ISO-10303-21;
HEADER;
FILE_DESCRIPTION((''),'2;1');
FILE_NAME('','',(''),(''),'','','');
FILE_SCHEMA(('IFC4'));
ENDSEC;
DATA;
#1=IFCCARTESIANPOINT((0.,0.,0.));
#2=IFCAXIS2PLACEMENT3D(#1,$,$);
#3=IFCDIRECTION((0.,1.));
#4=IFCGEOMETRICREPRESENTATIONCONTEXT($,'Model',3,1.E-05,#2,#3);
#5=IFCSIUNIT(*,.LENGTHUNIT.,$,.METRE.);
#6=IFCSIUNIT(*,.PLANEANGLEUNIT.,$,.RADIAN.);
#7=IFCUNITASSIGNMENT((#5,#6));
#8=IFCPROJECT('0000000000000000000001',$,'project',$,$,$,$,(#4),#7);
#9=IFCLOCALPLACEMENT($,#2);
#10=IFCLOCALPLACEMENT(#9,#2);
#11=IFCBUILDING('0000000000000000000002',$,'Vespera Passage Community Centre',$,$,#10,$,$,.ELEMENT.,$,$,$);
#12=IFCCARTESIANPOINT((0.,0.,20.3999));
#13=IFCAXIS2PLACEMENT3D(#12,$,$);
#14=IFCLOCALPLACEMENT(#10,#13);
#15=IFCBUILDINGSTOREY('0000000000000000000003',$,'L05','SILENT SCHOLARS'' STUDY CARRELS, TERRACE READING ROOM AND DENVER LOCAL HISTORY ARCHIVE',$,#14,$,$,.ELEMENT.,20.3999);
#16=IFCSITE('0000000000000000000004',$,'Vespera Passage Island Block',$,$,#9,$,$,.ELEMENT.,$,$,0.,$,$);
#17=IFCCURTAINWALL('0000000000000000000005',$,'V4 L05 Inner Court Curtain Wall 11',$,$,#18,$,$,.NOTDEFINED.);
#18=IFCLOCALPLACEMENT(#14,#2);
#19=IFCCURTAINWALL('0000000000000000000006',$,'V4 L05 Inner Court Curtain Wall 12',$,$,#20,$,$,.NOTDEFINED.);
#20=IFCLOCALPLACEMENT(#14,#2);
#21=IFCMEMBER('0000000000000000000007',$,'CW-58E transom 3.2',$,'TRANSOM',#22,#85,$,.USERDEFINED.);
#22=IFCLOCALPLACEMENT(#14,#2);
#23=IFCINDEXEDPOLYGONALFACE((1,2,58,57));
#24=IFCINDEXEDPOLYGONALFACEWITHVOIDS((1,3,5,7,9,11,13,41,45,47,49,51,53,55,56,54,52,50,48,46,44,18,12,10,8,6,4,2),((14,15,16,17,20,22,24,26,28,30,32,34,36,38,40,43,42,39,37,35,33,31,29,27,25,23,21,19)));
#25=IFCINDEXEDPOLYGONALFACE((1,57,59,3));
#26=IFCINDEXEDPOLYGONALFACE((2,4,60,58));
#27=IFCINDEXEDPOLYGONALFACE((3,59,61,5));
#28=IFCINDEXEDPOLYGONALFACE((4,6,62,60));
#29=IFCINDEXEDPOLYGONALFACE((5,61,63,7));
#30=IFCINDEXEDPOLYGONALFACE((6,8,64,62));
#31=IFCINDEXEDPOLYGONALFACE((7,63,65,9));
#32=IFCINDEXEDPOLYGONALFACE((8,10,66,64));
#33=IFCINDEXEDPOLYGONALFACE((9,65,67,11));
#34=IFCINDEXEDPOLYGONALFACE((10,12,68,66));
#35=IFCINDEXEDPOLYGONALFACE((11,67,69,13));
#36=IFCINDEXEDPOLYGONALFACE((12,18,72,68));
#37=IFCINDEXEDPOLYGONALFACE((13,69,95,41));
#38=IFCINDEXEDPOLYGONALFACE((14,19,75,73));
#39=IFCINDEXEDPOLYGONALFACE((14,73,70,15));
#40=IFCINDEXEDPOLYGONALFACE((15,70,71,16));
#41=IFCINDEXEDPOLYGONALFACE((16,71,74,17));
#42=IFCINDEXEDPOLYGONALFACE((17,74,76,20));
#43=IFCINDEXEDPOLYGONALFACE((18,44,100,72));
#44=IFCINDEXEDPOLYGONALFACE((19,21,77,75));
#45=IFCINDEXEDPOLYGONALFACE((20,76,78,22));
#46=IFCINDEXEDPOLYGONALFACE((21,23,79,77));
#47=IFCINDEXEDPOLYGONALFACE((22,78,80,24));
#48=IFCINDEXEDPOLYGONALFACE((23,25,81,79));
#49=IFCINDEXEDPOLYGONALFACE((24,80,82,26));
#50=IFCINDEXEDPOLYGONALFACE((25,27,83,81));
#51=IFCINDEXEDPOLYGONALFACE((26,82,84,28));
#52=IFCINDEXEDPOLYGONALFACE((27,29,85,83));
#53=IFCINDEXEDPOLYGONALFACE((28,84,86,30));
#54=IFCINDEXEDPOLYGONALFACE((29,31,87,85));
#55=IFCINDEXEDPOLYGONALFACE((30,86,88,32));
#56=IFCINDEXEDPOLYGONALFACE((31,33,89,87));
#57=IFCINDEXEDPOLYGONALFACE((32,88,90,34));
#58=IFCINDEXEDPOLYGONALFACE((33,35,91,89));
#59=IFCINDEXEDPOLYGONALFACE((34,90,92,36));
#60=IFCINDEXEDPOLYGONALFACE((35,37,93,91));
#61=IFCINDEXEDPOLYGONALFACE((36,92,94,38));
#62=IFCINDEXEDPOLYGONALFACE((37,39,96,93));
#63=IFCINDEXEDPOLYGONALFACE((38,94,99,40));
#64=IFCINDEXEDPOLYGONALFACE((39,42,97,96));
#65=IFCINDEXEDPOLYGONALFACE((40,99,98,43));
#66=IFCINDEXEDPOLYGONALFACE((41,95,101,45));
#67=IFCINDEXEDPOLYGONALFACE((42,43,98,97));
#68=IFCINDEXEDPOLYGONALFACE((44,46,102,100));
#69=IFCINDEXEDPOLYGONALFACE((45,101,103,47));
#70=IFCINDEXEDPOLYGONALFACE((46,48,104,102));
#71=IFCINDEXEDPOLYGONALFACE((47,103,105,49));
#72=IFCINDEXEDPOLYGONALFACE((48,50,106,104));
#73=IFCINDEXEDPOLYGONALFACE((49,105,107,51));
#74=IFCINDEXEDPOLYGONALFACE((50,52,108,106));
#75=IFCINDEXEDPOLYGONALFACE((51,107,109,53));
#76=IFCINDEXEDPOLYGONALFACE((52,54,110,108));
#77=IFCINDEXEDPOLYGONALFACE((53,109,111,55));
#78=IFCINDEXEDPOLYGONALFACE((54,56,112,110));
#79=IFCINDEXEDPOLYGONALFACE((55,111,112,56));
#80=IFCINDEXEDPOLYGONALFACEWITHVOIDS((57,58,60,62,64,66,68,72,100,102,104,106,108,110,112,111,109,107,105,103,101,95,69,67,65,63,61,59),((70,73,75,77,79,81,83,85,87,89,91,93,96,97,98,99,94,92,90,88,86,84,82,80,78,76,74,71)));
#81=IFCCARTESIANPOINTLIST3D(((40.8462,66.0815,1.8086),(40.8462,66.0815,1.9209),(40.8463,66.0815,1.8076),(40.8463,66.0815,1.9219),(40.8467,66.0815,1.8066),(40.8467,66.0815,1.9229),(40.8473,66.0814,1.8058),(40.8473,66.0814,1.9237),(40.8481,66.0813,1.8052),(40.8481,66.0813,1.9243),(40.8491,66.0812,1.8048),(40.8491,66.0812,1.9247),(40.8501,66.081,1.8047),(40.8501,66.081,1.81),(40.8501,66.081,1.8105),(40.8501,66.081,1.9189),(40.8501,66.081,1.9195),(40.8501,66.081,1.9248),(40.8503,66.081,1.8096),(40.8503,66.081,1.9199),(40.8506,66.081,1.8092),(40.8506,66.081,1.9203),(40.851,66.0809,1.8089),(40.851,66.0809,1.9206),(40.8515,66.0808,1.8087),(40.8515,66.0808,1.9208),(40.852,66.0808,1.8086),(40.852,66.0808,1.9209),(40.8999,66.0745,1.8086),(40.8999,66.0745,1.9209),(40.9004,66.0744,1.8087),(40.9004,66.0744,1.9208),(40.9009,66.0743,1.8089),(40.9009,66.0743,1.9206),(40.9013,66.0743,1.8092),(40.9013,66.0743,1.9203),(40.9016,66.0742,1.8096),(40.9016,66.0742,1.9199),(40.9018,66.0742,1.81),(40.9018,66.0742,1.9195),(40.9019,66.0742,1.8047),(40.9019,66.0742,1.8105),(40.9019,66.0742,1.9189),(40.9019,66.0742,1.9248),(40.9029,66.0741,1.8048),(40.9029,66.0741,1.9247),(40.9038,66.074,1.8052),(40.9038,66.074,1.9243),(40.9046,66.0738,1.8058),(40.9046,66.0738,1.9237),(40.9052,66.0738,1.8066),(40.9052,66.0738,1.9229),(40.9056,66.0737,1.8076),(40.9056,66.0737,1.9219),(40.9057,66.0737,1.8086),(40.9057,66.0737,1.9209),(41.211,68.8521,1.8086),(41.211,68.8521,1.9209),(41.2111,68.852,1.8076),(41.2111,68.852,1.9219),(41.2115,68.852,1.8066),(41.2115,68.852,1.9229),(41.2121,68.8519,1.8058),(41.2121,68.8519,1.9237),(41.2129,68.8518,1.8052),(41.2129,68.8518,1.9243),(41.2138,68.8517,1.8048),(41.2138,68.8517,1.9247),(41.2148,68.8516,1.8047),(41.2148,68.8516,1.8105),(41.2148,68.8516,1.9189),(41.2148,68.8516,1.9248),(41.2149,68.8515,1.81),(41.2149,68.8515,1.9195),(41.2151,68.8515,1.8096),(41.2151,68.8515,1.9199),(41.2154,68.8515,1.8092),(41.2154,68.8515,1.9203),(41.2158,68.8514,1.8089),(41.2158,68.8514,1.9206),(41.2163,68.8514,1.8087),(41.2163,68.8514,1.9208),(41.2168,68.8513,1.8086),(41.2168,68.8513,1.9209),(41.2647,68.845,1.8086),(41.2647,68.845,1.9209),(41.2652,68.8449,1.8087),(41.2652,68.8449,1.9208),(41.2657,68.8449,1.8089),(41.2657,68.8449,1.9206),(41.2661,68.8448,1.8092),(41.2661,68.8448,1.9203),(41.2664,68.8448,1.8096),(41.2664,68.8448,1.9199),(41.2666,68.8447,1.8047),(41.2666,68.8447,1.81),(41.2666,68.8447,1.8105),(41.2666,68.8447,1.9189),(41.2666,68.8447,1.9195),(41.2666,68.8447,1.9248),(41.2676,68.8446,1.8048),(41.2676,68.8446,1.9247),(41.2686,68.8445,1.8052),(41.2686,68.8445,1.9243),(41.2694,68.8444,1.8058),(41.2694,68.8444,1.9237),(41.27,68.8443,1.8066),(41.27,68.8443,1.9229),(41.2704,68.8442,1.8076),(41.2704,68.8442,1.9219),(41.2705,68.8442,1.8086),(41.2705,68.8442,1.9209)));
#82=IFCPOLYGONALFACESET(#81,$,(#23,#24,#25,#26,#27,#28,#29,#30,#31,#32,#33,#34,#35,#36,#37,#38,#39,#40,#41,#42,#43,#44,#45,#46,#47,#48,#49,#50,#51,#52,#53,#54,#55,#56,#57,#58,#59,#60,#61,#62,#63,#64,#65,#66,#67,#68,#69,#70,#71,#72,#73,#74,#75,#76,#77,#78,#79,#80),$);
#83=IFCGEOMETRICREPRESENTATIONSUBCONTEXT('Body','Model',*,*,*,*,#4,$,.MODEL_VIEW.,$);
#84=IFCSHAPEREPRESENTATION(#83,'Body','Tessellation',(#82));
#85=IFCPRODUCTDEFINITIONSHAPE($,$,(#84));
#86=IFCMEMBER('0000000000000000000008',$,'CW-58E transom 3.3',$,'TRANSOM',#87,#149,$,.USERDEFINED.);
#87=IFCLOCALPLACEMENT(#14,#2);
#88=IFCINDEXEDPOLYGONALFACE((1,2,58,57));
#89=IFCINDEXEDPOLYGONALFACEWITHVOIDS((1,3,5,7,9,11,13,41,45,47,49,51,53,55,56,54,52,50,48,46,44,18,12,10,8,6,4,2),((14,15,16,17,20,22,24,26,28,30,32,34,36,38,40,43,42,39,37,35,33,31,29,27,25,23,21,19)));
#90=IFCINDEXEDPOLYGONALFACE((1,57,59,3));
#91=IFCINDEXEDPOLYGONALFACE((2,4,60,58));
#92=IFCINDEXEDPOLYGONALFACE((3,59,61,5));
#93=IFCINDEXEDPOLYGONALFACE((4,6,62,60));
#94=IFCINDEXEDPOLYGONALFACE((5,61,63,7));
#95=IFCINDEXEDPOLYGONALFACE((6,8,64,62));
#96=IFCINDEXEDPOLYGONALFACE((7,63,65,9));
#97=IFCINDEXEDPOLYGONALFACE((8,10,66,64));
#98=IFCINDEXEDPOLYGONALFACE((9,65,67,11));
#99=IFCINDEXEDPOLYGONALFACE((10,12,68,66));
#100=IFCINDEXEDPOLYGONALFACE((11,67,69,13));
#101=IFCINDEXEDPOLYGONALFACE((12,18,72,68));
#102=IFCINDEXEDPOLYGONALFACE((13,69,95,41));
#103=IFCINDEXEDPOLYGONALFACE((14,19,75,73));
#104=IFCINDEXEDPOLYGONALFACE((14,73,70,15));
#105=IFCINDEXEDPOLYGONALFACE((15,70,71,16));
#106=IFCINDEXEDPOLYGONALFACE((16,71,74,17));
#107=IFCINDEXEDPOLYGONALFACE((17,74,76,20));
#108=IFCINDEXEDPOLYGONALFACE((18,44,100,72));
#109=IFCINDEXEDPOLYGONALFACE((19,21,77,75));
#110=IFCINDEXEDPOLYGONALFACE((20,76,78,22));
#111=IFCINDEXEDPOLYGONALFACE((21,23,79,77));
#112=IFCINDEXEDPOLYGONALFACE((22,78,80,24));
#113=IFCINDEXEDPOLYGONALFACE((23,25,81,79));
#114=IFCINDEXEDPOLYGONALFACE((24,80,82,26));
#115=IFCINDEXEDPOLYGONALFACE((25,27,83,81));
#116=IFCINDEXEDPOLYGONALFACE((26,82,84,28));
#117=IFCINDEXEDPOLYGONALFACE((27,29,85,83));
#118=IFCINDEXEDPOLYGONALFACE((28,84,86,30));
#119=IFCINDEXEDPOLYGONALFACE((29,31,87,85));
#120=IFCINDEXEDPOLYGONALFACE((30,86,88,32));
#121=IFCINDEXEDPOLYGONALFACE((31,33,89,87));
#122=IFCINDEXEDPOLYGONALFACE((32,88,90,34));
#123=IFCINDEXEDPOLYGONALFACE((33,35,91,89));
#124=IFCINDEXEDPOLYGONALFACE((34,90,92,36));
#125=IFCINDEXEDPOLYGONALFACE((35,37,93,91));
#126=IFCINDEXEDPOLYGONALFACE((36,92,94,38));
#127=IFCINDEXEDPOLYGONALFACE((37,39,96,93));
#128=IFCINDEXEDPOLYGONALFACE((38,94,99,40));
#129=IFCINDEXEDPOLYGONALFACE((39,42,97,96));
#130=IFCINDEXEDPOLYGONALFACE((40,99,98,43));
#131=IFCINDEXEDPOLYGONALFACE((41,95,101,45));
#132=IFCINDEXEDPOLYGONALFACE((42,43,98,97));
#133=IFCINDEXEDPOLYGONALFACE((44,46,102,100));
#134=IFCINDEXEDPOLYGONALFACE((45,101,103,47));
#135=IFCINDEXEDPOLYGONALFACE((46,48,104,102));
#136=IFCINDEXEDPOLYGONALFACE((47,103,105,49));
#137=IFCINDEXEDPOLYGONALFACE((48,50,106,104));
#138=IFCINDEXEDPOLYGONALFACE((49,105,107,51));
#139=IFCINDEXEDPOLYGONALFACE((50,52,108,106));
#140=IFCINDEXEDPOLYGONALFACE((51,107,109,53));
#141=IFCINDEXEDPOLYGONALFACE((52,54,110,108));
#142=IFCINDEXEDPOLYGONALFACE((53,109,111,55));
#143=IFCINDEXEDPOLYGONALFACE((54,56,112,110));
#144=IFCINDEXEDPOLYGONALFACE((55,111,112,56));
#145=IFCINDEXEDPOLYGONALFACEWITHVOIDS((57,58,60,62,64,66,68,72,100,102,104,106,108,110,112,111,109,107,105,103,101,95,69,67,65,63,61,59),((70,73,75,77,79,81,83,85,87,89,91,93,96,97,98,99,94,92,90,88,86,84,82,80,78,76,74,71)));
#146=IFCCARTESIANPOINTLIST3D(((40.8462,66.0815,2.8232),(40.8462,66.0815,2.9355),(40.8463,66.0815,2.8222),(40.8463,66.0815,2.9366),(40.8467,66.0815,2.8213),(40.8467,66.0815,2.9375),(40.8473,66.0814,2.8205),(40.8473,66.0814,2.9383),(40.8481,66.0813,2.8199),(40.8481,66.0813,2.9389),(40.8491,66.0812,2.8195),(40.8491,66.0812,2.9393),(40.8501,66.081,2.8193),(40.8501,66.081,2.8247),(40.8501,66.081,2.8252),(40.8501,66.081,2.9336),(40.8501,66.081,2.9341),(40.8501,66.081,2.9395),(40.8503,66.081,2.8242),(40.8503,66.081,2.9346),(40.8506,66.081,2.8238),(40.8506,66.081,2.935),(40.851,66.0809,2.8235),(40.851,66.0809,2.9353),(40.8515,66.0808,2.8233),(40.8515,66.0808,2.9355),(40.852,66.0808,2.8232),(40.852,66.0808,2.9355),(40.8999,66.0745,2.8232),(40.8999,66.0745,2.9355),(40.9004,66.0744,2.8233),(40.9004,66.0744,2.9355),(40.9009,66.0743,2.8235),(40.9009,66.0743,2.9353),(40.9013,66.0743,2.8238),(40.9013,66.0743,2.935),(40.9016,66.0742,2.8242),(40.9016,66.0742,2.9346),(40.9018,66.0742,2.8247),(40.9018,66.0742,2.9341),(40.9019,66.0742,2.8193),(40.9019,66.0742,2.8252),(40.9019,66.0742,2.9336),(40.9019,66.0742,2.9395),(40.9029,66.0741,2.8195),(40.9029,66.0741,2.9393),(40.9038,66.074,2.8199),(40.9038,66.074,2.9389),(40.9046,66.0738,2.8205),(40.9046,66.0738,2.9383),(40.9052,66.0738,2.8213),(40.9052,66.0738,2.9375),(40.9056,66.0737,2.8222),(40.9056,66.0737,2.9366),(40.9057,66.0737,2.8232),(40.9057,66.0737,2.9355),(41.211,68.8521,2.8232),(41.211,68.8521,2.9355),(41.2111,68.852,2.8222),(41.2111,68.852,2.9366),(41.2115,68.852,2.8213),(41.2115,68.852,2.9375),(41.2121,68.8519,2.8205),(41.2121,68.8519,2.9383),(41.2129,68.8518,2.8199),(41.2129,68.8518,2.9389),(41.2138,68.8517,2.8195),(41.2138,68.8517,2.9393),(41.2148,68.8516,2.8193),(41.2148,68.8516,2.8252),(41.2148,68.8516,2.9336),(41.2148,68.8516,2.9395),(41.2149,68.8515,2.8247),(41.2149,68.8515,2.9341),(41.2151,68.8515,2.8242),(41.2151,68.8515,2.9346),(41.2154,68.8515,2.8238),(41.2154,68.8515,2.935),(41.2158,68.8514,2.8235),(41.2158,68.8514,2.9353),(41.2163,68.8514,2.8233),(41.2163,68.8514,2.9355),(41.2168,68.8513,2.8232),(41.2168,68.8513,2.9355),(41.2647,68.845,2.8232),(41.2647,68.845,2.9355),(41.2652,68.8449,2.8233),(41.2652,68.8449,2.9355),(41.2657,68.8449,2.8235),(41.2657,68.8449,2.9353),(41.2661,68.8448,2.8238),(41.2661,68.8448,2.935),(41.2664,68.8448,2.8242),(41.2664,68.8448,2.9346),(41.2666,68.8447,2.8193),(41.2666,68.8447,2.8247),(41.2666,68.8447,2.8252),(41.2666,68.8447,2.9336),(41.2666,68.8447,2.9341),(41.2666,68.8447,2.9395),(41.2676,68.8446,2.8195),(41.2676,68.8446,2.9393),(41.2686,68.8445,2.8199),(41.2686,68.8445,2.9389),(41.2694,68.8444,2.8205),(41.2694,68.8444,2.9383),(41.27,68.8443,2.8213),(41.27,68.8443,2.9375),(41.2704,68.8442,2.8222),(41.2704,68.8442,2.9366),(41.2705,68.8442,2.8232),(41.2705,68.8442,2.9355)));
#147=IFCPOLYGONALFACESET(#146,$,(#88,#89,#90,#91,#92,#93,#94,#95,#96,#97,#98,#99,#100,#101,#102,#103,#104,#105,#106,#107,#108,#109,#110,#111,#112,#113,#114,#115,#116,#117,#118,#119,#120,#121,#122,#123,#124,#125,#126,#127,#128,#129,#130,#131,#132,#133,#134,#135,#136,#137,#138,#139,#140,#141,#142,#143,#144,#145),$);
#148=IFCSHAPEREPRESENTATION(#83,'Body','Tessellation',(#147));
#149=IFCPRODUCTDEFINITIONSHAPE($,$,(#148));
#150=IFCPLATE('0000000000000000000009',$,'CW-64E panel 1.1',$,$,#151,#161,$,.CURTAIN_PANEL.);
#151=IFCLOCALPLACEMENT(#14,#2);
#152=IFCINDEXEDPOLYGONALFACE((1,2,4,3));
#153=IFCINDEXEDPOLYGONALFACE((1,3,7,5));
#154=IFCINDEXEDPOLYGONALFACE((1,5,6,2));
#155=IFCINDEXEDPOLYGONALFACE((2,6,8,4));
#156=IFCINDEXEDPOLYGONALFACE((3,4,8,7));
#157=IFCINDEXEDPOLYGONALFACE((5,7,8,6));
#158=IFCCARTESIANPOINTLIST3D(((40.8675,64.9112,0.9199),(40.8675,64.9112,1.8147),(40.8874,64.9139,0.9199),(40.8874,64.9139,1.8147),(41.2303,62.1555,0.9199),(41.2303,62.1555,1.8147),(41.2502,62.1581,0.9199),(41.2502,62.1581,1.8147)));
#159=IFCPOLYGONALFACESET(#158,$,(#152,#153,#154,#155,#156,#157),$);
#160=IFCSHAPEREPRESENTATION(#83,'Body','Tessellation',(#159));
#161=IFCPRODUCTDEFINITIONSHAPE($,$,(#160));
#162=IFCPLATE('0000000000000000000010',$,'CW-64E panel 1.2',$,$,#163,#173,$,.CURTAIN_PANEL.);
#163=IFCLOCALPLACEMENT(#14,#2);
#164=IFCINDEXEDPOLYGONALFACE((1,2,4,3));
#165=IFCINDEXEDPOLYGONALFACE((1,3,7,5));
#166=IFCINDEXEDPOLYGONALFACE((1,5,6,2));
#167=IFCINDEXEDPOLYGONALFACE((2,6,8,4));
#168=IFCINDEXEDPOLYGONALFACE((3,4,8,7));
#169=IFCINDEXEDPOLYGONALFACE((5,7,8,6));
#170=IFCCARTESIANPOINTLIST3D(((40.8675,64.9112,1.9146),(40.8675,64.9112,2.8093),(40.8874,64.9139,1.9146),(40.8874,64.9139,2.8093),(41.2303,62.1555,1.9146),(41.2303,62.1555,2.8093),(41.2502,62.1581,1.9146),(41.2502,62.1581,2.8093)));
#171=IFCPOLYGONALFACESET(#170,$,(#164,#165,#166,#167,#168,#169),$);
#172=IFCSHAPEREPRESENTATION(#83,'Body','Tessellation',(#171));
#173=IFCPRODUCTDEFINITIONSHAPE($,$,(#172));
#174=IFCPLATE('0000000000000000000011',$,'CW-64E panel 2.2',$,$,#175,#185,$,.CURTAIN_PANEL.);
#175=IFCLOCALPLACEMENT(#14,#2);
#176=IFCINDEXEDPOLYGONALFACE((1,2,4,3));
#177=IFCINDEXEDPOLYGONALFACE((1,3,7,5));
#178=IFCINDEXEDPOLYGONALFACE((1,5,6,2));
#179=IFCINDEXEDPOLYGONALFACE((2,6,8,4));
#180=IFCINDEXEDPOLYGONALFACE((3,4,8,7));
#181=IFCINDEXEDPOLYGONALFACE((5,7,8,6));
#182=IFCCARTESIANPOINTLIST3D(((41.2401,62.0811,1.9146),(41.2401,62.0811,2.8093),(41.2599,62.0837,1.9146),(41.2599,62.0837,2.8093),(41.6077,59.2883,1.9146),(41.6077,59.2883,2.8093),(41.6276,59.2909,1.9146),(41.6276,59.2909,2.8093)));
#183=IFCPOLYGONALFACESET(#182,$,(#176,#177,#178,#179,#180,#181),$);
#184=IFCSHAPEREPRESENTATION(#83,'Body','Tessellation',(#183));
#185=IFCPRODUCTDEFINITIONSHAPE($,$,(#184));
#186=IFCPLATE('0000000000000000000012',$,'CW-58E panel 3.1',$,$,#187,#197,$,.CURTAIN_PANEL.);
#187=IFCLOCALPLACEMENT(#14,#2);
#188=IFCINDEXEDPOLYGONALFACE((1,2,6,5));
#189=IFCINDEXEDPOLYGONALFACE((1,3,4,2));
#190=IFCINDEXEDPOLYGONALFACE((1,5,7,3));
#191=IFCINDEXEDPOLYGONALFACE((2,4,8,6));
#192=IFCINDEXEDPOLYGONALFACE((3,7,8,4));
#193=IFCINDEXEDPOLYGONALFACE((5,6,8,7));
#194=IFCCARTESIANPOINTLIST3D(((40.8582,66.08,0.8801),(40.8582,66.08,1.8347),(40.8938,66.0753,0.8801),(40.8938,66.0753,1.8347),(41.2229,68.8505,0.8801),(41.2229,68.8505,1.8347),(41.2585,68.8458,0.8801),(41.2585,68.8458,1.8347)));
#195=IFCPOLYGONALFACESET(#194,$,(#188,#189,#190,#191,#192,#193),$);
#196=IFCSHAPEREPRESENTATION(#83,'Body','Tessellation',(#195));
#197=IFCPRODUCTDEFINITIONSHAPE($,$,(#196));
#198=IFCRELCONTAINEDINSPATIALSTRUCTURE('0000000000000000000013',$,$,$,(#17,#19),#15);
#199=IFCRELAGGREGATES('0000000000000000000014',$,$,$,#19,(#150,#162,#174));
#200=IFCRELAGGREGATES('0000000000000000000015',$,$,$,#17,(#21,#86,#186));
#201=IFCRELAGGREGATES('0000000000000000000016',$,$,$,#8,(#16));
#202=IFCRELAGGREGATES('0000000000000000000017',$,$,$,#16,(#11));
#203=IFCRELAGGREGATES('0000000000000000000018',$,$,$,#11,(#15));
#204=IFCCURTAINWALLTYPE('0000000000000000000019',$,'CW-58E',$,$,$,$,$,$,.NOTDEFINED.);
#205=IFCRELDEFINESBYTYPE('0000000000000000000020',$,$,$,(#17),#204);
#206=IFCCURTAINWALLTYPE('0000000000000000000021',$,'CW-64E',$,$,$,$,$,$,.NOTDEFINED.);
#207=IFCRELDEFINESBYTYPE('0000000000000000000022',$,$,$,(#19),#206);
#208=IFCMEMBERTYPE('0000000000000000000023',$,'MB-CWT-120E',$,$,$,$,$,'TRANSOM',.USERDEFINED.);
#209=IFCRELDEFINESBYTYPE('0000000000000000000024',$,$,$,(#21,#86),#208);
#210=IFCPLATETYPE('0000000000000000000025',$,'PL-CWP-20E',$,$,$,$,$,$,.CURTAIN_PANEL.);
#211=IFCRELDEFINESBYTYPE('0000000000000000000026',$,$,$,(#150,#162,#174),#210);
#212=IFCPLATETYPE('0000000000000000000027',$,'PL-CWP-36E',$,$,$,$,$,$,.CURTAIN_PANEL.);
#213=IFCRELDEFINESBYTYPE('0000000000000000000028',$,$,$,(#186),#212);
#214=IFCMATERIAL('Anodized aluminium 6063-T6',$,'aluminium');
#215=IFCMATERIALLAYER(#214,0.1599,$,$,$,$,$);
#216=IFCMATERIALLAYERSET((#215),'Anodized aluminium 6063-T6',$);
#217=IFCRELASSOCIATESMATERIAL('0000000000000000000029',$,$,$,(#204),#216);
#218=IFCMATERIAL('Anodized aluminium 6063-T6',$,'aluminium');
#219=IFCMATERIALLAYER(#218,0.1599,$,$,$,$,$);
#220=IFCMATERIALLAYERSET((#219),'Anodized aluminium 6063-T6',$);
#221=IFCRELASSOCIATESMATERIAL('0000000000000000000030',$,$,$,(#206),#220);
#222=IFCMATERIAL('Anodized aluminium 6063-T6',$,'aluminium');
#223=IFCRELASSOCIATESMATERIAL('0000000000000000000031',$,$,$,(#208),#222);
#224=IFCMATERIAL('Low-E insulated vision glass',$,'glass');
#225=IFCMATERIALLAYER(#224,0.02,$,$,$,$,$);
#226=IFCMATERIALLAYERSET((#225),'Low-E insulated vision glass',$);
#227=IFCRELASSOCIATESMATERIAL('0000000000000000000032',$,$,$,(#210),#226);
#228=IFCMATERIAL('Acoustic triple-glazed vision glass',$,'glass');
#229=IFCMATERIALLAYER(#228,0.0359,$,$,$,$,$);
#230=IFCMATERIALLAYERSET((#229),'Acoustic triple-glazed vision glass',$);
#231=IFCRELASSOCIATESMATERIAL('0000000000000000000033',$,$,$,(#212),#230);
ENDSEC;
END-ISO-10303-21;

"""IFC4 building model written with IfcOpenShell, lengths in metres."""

from ifc_helpers import new_model, si_unit, direction, frame, origin, origin_2d, place, context, subcontext, project, spatial, rectangle, hollow_rectangle, extrude, material, layer, layer_set, material_profile, profile_set, type_object, element, aggregate, save


model = new_model("IFC4")

# Units and contexts
model_context = context("Model", 3, precision=1e-05, world=origin(), true_north=direction((0.0, 1.0)))
body_context = subcontext(model_context, "Body", "Model", "MODEL_VIEW")
ifc_project = project(units=[si_unit("LENGTHUNIT", "METRE"), si_unit("PLANEANGLEUNIT", "RADIAN")], contexts=[model_context])

# Site, building, storey
site_placement = place(None, origin())
site = spatial("IfcSite", under=ifc_project, at=site_placement, Name="Vespera Passage Island Block", CompositionType="ELEMENT", RefElevation=0.0)
building_placement = place(site_placement, origin())
building = spatial("IfcBuilding", under=site, at=building_placement, Name="Vespera Passage Community Centre", CompositionType="ELEMENT")
storey_placement = place(building_placement, frame((0.0, 0.0, 20.3999)))
storey = spatial("IfcBuildingStorey", under=building, at=storey_placement, Name="L05", Description="SILENT SCHOLARS' STUDY CARRELS, TERRACE READING ROOM AND DENVER LOCAL HISTORY ARCHIVE", CompositionType="ELEMENT", Elevation=20.3999)

# Curtain walls
ifc_material_1 = material(Name="Anodized aluminium 6063-T6", Category="aluminium")
ifc_layer_1 = layer(ifc_material_1, 0.1599)
ifc_layer_set_1 = layer_set([ifc_layer_1], Name="Anodized aluminium 6063-T6")
curtain_wall_type_1 = type_object("IfcCurtainWallType", Name="CW-58E", PredefinedType="NOTDEFINED", material=ifc_layer_set_1)
curtain_wall_1_placement = place(storey_placement, origin())
curtain_wall_1 = element("IfcCurtainWall", 1, at=curtain_wall_1_placement, inside=storey, type_object=curtain_wall_type_1, Name="V4 L05 Inner Court Curtain Wall 11", PredefinedType="NOTDEFINED")
ifc_material_2 = material(Name="Anodized aluminium 6063-T6", Category="aluminium")
ifc_layer_2 = layer(ifc_material_2, 0.1599)
ifc_layer_set_2 = layer_set([ifc_layer_2], Name="Anodized aluminium 6063-T6")
curtain_wall_type_2 = type_object("IfcCurtainWallType", Name="CW-64E", PredefinedType="NOTDEFINED", material=ifc_layer_set_2)
curtain_wall_2_placement = place(storey_placement, origin())
curtain_wall_2 = element("IfcCurtainWall", 2, at=curtain_wall_2_placement, inside=storey, type_object=curtain_wall_type_2, Name="V4 L05 Inner Court Curtain Wall 12", PredefinedType="NOTDEFINED")

# Members
ifc_material_3 = material(Name="Anodized aluminium 6063-T6", Category="aluminium")
ifc_material_profile_1 = material_profile(ifc_material_3, hollow_rectangle(XDim=0.0601, YDim=0.1201, WallThickness=0.0039, InnerFilletRadius=0.002, OuterFilletRadius=0.0039, at=origin_2d()), Name="ALU120X60X4")
ifc_profile_set_1 = profile_set([ifc_material_profile_1], Name="Anodized aluminium 6063-T6")
member_type_1 = type_object("IfcMemberType", Name="MB-CWT-120E", ElementType="TRANSOM", PredefinedType="USERDEFINED", material=ifc_profile_set_1)
member_1_placement = place(storey_placement, frame((41.2407, 68.8481, 1.8647), z_axis=(-0.130527, -0.991445, 0.0), x_axis=(0.991445, -0.130527, 0.0)))
member_1 = element("IfcMember", 3, at=member_1_placement, type_object=member_type_1, Name="CW-58E transom 3.2", ObjectType="TRANSOM", PredefinedType="USERDEFINED", context=body_context, shape_type="SweptSolid", body=[
    extrude(hollow_rectangle(XDim=0.0601, YDim=0.1201, WallThickness=0.0039, InnerFilletRadius=0.002, OuterFilletRadius=0.0039, at=origin_2d()), origin(), (0.0, 0.0, 1.0), 2.7944),
])
member_2_placement = place(storey_placement, frame((41.2407, 68.8481, 2.8794), z_axis=(-0.130527, -0.991445, 0.0), x_axis=(0.991445, -0.130527, 0.0)))
member_2 = element("IfcMember", 4, at=member_2_placement, type_object=member_type_1, Name="CW-58E transom 3.3", ObjectType="TRANSOM", PredefinedType="USERDEFINED", context=body_context, shape_type="SweptSolid", body=[
    extrude(hollow_rectangle(XDim=0.0601, YDim=0.1201, WallThickness=0.0039, InnerFilletRadius=0.002, OuterFilletRadius=0.0039, at=origin_2d()), origin(), (0.0, 0.0, 1.0), 2.7944),
])

# Plates
ifc_material_4 = material(Name="Low-E insulated vision glass", Category="glass")
ifc_layer_3 = layer(ifc_material_4, 0.02)
ifc_layer_set_3 = layer_set([ifc_layer_3], Name="Low-E insulated vision glass")
plate_type_1 = type_object("IfcPlateType", Name="PL-CWP-20E", PredefinedType="CURTAIN_PANEL", material=ifc_layer_set_3)
plate_1_placement = place(storey_placement, frame((41.0588, 63.5347, 0.9199), z_axis=(0.0, 0.0, 1.0), x_axis=(0.130522, -0.991445, 0.0)))
plate_1 = element("IfcPlate", 5, at=plate_1_placement, type_object=plate_type_1, Name="CW-64E panel 1.1", PredefinedType="CURTAIN_PANEL", context=body_context, shape_type="SweptSolid", body=[
    extrude(rectangle(XDim=2.7795, YDim=0.02, at=origin_2d()), origin(), (0.0, 0.0, 1.0), 0.8948),
])
plate_2_placement = place(storey_placement, frame((41.0588, 63.5347, 1.9146), z_axis=(0.0, 0.0, 1.0), x_axis=(0.130522, -0.991445, 0.0)))
plate_2 = element("IfcPlate", 6, at=plate_2_placement, type_object=plate_type_1, Name="CW-64E panel 1.2", PredefinedType="CURTAIN_PANEL", context=body_context, shape_type="SweptSolid", body=[
    extrude(rectangle(XDim=2.7795, YDim=0.02, at=origin_2d()), origin(), (0.0, 0.0, 1.0), 0.8948),
])
plate_3_placement = place(storey_placement, frame((41.4338, 60.686, 1.9146), z_axis=(0.0, 0.0, 1.0), x_axis=(0.130522, -0.991445, 0.0)))
plate_3 = element("IfcPlate", 7, at=plate_3_placement, type_object=plate_type_1, Name="CW-64E panel 2.2", PredefinedType="CURTAIN_PANEL", context=body_context, shape_type="SweptSolid", body=[
    extrude(rectangle(XDim=2.8169, YDim=0.02, at=origin_2d()), origin(), (0.0, 0.0, 1.0), 0.8948),
])
aggregate(curtain_wall_2, [plate_1, plate_2, plate_3])
ifc_material_5 = material(Name="Acoustic triple-glazed vision glass", Category="glass")
ifc_layer_4 = layer(ifc_material_5, 0.0359)
ifc_layer_set_4 = layer_set([ifc_layer_4], Name="Acoustic triple-glazed vision glass")
plate_type_2 = type_object("IfcPlateType", Name="PL-CWP-36E", PredefinedType="CURTAIN_PANEL", material=ifc_layer_set_4)
plate_4_placement = place(storey_placement, frame((41.0583, 67.4629, 0.8801), z_axis=(0.0, 0.0, 1.0), x_axis=(-0.130522, -0.991445, 0.0)))
plate_4 = element("IfcPlate", 8, at=plate_4_placement, type_object=plate_type_2, Name="CW-58E panel 3.1", PredefinedType="CURTAIN_PANEL", context=body_context, shape_type="SweptSolid", body=[
    extrude(rectangle(XDim=2.7944, YDim=0.0359, at=origin_2d()), origin(), (0.0, 0.0, 1.0), 0.9546),
])
aggregate(curtain_wall_1, [member_1, member_2, plate_4])

save(model, "model.ifc")
